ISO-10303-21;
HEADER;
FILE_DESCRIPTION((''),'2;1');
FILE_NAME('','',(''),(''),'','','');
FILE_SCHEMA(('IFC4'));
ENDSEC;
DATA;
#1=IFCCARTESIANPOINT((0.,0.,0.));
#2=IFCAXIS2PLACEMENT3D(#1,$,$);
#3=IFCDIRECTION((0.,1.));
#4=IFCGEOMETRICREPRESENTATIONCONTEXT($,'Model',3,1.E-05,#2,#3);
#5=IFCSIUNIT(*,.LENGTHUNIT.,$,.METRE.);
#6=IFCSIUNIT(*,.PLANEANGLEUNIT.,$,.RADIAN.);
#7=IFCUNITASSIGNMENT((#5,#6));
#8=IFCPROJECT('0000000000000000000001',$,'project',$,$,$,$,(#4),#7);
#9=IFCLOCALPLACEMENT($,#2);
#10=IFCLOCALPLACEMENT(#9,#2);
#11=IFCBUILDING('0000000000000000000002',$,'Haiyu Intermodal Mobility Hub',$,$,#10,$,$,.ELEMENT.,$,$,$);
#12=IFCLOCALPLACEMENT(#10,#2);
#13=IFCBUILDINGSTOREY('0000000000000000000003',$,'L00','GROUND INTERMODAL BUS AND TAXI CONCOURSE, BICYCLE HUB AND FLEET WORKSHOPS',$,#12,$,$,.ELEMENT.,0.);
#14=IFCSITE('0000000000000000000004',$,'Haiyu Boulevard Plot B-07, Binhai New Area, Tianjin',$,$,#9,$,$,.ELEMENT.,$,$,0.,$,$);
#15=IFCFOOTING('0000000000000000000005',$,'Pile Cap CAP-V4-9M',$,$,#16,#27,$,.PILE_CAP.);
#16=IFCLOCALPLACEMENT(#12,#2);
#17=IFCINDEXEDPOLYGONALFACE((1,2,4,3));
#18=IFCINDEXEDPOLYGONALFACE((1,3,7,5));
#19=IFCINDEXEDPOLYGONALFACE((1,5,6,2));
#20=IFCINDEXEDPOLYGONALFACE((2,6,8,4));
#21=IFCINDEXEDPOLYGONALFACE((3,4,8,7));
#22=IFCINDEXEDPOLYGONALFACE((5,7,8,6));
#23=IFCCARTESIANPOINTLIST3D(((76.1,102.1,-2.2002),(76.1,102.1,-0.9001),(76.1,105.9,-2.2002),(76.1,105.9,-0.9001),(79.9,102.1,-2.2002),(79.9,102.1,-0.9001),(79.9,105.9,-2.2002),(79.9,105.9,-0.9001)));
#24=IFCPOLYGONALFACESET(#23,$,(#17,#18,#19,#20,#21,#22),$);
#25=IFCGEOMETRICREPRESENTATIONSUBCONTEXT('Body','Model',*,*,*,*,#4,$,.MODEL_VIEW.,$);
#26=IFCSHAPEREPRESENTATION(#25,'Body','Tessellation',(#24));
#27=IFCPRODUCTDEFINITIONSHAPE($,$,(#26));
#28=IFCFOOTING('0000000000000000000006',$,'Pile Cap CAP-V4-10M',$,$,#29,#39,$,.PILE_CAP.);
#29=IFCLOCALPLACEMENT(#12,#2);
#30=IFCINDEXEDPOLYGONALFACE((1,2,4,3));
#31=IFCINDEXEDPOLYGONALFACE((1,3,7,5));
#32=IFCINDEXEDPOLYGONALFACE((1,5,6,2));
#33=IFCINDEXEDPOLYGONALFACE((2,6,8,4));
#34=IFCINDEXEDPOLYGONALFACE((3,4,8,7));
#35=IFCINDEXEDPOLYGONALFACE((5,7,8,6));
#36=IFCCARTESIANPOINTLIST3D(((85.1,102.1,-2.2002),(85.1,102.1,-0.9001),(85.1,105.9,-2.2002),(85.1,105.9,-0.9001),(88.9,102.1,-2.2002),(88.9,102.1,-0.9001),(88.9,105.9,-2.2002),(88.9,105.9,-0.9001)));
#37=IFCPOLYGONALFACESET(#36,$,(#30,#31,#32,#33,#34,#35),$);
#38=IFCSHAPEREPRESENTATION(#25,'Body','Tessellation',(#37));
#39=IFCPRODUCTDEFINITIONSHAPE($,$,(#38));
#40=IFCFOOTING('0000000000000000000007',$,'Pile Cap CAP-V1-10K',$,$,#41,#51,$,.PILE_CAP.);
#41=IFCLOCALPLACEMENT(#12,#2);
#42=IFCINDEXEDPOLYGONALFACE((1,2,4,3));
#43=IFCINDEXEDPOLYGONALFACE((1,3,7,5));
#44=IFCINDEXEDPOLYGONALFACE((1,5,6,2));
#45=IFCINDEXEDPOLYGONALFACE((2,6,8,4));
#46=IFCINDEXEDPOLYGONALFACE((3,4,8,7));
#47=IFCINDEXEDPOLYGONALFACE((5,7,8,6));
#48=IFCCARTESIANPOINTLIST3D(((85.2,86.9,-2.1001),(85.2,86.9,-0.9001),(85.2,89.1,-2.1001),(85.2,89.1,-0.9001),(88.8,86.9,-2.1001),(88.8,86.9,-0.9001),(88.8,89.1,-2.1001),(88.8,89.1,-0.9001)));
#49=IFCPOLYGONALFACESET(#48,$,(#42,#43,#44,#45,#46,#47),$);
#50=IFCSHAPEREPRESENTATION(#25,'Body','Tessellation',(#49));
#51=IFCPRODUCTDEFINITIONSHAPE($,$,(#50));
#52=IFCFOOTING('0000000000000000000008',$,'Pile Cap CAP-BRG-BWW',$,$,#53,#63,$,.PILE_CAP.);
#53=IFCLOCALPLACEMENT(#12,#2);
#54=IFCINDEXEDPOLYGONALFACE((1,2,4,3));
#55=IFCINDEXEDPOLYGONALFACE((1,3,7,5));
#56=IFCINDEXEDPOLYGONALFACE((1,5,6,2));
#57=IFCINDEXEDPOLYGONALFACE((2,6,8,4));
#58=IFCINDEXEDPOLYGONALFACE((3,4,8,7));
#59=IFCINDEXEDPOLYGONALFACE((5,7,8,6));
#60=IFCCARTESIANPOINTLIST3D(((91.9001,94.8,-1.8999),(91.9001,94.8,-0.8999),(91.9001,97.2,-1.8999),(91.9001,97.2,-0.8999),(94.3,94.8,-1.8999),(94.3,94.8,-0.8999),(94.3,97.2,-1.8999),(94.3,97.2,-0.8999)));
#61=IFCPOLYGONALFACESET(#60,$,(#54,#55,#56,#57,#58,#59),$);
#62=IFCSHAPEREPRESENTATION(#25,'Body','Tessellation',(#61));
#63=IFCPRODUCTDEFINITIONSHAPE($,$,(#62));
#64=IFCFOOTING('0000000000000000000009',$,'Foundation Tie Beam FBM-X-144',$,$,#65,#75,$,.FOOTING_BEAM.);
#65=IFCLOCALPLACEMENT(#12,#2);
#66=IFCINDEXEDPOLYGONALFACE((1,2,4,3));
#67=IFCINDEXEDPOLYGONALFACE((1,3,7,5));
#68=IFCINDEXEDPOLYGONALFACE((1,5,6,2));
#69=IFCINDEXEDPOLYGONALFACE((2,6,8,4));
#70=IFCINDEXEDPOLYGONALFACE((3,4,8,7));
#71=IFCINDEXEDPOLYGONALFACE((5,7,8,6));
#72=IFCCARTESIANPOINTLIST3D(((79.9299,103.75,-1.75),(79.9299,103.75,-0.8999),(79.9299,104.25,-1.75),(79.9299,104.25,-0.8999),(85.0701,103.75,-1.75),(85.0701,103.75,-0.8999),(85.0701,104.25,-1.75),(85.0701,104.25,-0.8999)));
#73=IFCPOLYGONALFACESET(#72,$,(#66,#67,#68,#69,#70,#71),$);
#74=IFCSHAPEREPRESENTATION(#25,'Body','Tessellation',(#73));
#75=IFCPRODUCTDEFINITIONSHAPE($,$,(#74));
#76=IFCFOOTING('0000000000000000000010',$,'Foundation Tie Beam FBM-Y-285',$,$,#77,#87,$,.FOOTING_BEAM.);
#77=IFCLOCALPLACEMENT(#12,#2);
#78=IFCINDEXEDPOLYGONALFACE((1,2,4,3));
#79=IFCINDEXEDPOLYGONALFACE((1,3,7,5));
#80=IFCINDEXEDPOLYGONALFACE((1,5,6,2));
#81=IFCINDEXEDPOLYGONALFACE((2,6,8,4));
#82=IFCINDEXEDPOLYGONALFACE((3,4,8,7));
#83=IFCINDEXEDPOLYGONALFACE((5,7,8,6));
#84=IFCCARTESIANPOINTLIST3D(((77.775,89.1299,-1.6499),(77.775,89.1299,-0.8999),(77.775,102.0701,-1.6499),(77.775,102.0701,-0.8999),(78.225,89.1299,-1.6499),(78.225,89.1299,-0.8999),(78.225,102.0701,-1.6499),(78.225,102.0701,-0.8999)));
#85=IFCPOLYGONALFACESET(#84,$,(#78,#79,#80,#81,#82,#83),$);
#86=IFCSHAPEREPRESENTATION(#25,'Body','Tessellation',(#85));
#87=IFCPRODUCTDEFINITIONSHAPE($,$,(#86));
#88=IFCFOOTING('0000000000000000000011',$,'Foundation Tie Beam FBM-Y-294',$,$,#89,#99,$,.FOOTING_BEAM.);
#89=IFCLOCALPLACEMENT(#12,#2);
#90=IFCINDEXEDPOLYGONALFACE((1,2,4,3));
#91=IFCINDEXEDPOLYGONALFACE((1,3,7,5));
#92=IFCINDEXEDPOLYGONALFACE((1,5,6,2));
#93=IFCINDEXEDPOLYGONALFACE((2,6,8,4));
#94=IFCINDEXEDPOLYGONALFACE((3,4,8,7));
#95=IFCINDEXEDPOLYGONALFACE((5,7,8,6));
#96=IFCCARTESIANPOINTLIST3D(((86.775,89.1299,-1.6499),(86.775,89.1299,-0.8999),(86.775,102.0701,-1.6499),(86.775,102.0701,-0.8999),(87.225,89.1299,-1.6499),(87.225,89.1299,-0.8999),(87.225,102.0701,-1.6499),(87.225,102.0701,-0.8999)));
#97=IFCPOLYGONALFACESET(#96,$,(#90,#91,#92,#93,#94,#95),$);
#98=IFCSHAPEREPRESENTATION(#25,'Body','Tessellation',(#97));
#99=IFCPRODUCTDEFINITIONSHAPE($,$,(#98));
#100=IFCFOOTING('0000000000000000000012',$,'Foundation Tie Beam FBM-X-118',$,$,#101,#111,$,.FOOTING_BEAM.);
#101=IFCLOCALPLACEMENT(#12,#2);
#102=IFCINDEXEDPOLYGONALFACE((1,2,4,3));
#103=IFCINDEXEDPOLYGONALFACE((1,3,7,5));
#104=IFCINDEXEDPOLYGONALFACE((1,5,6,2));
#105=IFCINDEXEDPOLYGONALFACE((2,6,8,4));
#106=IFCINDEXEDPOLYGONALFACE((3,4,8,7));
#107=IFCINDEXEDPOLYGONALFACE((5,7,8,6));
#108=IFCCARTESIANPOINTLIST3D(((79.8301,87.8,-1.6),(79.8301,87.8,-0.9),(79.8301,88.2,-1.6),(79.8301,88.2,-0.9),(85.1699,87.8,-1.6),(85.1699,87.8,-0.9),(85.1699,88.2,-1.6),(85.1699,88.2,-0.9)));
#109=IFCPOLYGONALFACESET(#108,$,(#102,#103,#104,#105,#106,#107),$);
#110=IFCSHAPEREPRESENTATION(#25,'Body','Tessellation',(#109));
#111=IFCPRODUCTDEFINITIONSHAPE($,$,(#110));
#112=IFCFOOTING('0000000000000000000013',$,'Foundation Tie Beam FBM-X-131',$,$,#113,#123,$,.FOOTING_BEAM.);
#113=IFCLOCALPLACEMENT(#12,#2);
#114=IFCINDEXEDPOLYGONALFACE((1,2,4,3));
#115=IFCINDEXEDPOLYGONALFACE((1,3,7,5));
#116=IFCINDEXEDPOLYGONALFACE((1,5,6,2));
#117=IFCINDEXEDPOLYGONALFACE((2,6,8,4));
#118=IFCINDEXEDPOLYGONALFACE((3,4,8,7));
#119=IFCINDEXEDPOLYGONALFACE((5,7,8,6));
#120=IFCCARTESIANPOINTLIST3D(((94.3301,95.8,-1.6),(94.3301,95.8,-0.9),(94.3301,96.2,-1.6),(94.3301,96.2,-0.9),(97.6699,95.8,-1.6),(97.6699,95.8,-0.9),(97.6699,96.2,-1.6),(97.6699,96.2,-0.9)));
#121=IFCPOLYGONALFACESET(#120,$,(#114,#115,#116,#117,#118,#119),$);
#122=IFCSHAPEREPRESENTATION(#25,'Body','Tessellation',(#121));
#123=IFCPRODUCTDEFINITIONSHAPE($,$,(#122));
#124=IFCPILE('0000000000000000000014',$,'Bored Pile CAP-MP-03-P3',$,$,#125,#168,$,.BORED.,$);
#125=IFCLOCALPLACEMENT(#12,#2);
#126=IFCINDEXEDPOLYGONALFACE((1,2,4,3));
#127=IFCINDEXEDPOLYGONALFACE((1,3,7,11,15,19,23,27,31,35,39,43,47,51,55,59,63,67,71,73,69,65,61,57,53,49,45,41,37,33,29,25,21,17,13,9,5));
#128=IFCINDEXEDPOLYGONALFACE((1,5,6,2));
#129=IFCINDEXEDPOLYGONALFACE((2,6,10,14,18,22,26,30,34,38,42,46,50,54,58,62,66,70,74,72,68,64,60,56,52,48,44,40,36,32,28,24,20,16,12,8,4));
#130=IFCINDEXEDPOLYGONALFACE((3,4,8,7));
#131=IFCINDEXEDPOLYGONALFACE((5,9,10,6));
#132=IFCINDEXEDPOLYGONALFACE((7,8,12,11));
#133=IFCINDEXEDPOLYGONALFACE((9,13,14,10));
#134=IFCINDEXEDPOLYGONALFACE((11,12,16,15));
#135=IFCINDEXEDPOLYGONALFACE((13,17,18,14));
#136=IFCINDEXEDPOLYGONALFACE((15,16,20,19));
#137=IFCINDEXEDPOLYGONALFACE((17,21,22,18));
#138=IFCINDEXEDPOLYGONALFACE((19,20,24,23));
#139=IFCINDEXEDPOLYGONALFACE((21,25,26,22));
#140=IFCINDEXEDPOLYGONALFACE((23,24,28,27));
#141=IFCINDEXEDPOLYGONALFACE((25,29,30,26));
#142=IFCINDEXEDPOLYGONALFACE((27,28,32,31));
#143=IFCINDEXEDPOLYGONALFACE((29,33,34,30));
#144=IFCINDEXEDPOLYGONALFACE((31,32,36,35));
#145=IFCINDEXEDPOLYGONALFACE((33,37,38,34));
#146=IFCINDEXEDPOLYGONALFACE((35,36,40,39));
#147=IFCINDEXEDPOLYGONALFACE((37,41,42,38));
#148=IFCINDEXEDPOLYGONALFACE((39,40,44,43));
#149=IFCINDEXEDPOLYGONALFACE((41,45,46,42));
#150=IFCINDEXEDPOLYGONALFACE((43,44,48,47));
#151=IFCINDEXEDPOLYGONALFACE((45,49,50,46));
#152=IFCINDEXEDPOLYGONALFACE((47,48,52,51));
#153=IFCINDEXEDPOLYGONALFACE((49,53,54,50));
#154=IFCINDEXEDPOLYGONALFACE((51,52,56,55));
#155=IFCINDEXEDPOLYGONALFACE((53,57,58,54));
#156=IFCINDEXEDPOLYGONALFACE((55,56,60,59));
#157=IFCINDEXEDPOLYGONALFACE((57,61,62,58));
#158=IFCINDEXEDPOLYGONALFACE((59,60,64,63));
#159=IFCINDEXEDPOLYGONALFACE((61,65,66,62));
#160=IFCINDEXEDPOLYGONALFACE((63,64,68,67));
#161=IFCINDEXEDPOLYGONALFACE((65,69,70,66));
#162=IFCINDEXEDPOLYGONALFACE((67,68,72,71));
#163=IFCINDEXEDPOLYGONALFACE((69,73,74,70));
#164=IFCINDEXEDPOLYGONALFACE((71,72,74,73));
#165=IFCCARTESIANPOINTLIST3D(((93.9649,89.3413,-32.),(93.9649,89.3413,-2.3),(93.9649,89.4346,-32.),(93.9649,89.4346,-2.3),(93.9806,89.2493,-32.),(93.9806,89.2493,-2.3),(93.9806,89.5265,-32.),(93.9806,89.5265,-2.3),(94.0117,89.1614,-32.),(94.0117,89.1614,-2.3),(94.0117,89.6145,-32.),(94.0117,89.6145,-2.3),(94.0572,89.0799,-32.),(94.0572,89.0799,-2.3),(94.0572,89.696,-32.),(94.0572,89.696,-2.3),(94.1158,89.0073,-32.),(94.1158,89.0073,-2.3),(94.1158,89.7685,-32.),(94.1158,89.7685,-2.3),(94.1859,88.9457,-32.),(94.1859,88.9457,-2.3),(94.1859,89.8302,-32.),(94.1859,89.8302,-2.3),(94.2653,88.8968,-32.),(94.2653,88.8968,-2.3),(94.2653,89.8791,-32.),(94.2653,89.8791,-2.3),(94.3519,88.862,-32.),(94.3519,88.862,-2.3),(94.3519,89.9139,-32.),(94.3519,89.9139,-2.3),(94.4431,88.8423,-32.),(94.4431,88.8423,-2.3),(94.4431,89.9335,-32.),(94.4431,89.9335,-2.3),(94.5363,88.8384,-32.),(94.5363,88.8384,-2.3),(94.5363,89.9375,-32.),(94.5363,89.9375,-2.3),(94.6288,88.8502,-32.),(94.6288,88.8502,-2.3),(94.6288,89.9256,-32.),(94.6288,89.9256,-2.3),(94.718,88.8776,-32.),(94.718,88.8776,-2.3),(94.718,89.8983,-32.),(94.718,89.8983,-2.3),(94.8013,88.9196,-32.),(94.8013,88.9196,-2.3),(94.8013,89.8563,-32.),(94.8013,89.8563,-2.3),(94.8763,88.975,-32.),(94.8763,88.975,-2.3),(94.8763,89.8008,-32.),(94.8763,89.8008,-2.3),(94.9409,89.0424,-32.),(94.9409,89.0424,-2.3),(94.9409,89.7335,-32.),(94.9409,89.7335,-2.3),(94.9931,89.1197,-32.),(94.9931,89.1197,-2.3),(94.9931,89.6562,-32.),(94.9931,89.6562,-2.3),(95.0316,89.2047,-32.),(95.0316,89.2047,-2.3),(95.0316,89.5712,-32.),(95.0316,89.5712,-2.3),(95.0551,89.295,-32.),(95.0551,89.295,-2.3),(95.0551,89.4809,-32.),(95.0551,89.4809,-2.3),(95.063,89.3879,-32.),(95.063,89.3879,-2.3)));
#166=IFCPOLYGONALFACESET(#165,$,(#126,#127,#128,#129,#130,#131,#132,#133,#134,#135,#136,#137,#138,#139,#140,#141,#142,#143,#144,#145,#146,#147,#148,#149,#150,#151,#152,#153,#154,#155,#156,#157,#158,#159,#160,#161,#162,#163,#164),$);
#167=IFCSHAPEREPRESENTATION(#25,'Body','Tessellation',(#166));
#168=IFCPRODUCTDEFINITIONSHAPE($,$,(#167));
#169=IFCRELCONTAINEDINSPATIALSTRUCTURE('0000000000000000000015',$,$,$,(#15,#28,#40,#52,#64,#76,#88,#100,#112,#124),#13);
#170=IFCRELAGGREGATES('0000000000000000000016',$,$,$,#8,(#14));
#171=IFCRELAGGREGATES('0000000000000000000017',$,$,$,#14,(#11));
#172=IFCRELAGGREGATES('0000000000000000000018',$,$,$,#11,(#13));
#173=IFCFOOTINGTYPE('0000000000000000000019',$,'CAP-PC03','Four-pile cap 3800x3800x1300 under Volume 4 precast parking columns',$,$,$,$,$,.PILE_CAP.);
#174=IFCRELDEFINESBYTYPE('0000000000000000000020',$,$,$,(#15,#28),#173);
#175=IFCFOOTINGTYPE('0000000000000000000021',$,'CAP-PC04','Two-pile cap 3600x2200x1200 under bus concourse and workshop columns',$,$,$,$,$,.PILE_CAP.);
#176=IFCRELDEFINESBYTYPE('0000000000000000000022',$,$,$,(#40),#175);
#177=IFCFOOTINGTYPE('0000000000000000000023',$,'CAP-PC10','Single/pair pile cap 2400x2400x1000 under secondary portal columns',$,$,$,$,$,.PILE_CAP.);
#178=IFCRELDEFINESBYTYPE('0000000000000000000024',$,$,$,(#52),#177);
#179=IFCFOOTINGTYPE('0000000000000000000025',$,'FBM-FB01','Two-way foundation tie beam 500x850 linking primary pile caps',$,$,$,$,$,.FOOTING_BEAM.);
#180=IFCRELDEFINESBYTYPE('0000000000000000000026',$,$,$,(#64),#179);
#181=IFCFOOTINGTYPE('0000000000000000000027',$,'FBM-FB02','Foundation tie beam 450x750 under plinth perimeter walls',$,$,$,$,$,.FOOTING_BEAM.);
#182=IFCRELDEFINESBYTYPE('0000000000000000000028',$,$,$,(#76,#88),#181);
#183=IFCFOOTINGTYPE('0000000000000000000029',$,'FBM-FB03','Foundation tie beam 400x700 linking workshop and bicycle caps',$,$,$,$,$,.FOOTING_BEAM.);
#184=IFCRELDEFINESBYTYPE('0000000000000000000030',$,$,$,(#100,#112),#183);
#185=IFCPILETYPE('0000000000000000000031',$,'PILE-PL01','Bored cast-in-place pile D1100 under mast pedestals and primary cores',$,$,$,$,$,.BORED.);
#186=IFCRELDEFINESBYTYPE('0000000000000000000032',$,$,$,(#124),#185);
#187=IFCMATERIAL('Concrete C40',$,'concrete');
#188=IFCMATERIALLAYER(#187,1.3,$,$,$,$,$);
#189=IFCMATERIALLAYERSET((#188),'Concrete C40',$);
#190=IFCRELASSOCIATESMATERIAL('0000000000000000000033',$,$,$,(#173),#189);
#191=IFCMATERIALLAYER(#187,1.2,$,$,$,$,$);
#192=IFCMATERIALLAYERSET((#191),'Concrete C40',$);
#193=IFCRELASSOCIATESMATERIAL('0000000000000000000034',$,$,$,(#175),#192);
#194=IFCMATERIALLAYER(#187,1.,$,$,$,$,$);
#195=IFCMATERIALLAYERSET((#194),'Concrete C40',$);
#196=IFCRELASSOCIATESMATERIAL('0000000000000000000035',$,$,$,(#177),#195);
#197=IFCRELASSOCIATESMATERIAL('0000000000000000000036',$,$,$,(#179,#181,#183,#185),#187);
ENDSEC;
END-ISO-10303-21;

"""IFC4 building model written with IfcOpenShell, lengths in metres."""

from ifc_helpers import new_model, si_unit, direction, frame, origin, origin_2d, place, context, subcontext, project, spatial, rectangle, circle, extrude, material, layer, layer_set, material_profile, profile_set, type_object, element, save


model = new_model("IFC4")

# Units and contexts
model_context = context("Model", 3, precision=1e-05, world=origin(), true_north=direction((0.0, 1.0)))
body_context = subcontext(model_context, "Body", "Model", "MODEL_VIEW")
ifc_project = project(units=[si_unit("LENGTHUNIT", "METRE"), si_unit("PLANEANGLEUNIT", "RADIAN")], contexts=[model_context])

# Site, building, storey
site_placement = place(None, origin())
site = spatial("IfcSite", under=ifc_project, at=site_placement, Name="Haiyu Boulevard Plot B-07, Binhai New Area, Tianjin", CompositionType="ELEMENT", RefElevation=0.0)
building_placement = place(site_placement, origin())
building = spatial("IfcBuilding", under=site, at=building_placement, Name="Haiyu Intermodal Mobility Hub", CompositionType="ELEMENT")
storey_placement = place(building_placement, origin())
storey = spatial("IfcBuildingStorey", under=building, at=storey_placement, Name="L00", Description="GROUND INTERMODAL BUS AND TAXI CONCOURSE, BICYCLE HUB AND FLEET WORKSHOPS", CompositionType="ELEMENT", Elevation=0.0)

# Footings
ifc_material_1 = material(Name="Concrete C40", Category="concrete")
ifc_layer_1 = layer(ifc_material_1, 1.3)
ifc_layer_set_1 = layer_set([ifc_layer_1], Name="Concrete C40")
footing_type_1 = type_object("IfcFootingType", Name="CAP-PC03", Description="Four-pile cap 3800x3800x1300 under Volume 4 precast parking columns", PredefinedType="PILE_CAP", material=ifc_layer_set_1)
for number, where, z_axis, x_axis, name in (
    (1, (78.0, 104.0, -2.2002), (0.0, 0.0, 1.0), (1.0, 0.0, 0.0), "Pile Cap CAP-V4-9M"),
    (2, (87.0, 104.0, -2.2002), (0.0, 0.0, 1.0), (1.0, 0.0, 0.0), "Pile Cap CAP-V4-10M"),
):
    element("IfcFooting", number, at=place(storey_placement, frame(where, z_axis=z_axis, x_axis=x_axis)), inside=storey, type_object=footing_type_1, Name=name, PredefinedType="PILE_CAP", context=body_context, shape_type="SweptSolid", body=[
        extrude(rectangle(XDim=3.8, YDim=3.8, at=origin_2d()), origin(), (0.0, 0.0, 1.0), 1.3),
    ])
ifc_layer_2 = layer(ifc_material_1, 1.2)
ifc_layer_set_2 = layer_set([ifc_layer_2], Name="Concrete C40")
footing_type_2 = type_object("IfcFootingType", Name="CAP-PC04", Description="Two-pile cap 3600x2200x1200 under bus concourse and workshop columns", PredefinedType="PILE_CAP", material=ifc_layer_set_2)
footing_1_placement = place(storey_placement, frame((87.0, 88.0, -2.1001), z_axis=(0.0, 0.0, 1.0), x_axis=(1.0, 0.0, 0.0)))
element("IfcFooting", 3, at=footing_1_placement, inside=storey, type_object=footing_type_2, Name="Pile Cap CAP-V1-10K", PredefinedType="PILE_CAP", context=body_context, shape_type="SweptSolid", body=[
    extrude(rectangle(XDim=3.6001, YDim=2.2, at=origin_2d()), origin(), (0.0, 0.0, 1.0), 1.2),
])
ifc_layer_3 = layer(ifc_material_1, 1.0)
ifc_layer_set_3 = layer_set([ifc_layer_3], Name="Concrete C40")
footing_type_3 = type_object("IfcFootingType", Name="CAP-PC10", Description="Single/pair pile cap 2400x2400x1000 under secondary portal columns", PredefinedType="PILE_CAP", material=ifc_layer_set_3)
footing_2_placement = place(storey_placement, frame((93.1001, 96.0, -1.8999), z_axis=(0.0, 0.0, 1.0), x_axis=(1.0, 0.0, 0.0)))
element("IfcFooting", 4, at=footing_2_placement, inside=storey, type_object=footing_type_3, Name="Pile Cap CAP-BRG-BWW", PredefinedType="PILE_CAP", context=body_context, shape_type="SweptSolid", body=[
    extrude(rectangle(XDim=2.3999, YDim=2.3999, at=origin_2d()), origin(), (0.0, 0.0, 1.0), 1.0),
])
ifc_material_profile_1 = material_profile(ifc_material_1, rectangle(XDim=0.5, YDim=0.8501, at=origin_2d()), Name="FB500x850")
ifc_profile_set_1 = profile_set([ifc_material_profile_1], Name="Concrete C40")
footing_type_4 = type_object("IfcFootingType", Name="FBM-FB01", Description="Two-way foundation tie beam 500x850 linking primary pile caps", PredefinedType="FOOTING_BEAM", material=ifc_profile_set_1)
footing_3_placement = place(storey_placement, frame((79.9299, 104.0, -1.325), z_axis=(1.0, 0.0, 0.0), x_axis=(0.0, 1.0, 0.0)))
element("IfcFooting", 5, at=footing_3_placement, inside=storey, type_object=footing_type_4, Name="Foundation Tie Beam FBM-X-144", PredefinedType="FOOTING_BEAM", context=body_context, shape_type="SweptSolid", body=[
    extrude(rectangle(XDim=0.5, YDim=0.8501, at=origin_2d()), origin(), (0.0, 0.0, 1.0), 5.1401),
])
ifc_material_profile_2 = material_profile(ifc_material_1, rectangle(XDim=0.45, YDim=0.75, at=origin_2d()), Name="FB450x750")
ifc_profile_set_2 = profile_set([ifc_material_profile_2], Name="Concrete C40")
footing_type_5 = type_object("IfcFootingType", Name="FBM-FB02", Description="Foundation tie beam 450x750 under plinth perimeter walls", PredefinedType="FOOTING_BEAM", material=ifc_profile_set_2)
for number, where, z_axis, x_axis, name in (
    (6, (78.0, 89.1299, -1.2749), (0.0, 1.0, 0.0), (-1.0, 0.0, 0.0), "Foundation Tie Beam FBM-Y-285"),
    (7, (87.0, 89.1299, -1.2749), (0.0, 1.0, 0.0), (-1.0, 0.0, 0.0), "Foundation Tie Beam FBM-Y-294"),
):
    element("IfcFooting", number, at=place(storey_placement, frame(where, z_axis=z_axis, x_axis=x_axis)), inside=storey, type_object=footing_type_5, Name=name, PredefinedType="FOOTING_BEAM", context=body_context, shape_type="SweptSolid", body=[
        extrude(rectangle(XDim=0.45, YDim=0.75, at=origin_2d()), origin(), (0.0, 0.0, 1.0), 12.9402),
    ])
ifc_material_profile_3 = material_profile(ifc_material_1, rectangle(XDim=0.3999, YDim=0.7, at=origin_2d()), Name="FB400x700")
ifc_profile_set_3 = profile_set([ifc_material_profile_3], Name="Concrete C40")
footing_type_6 = type_object("IfcFootingType", Name="FBM-FB03", Description="Foundation tie beam 400x700 linking workshop and bicycle caps", PredefinedType="FOOTING_BEAM", material=ifc_profile_set_3)
footing_4_placement = place(storey_placement, frame((79.8301, 88.0, -1.25), z_axis=(1.0, 0.0, 0.0), x_axis=(0.0, 1.0, 0.0)))
element("IfcFooting", 8, at=footing_4_placement, inside=storey, type_object=footing_type_6, Name="Foundation Tie Beam FBM-X-118", PredefinedType="FOOTING_BEAM", context=body_context, shape_type="SweptSolid", body=[
    extrude(rectangle(XDim=0.3999, YDim=0.7, at=origin_2d()), origin(), (0.0, 0.0, 1.0), 5.3398),
])
footing_5_placement = place(storey_placement, frame((94.3301, 96.0, -1.25), z_axis=(1.0, 0.0, 0.0), x_axis=(0.0, 1.0, 0.0)))
element("IfcFooting", 9, at=footing_5_placement, inside=storey, type_object=footing_type_6, Name="Foundation Tie Beam FBM-X-131", PredefinedType="FOOTING_BEAM", context=body_context, shape_type="SweptSolid", body=[
    extrude(rectangle(XDim=0.3999, YDim=0.7, at=origin_2d()), origin(), (0.0, 0.0, 1.0), 3.3398),
])

# Pile
ifc_material_profile_4 = material_profile(ifc_material_1, circle(Radius=0.55, at=origin_2d()), Name="PILE-D1100")
ifc_profile_set_4 = profile_set([ifc_material_profile_4], Name="Concrete C40")
pile_type_1 = type_object("IfcPileType", Name="PILE-PL01", Description="Bored cast-in-place pile D1100 under mast pedestals and primary cores", PredefinedType="BORED", material=ifc_profile_set_4)
pile_1_placement = place(storey_placement, frame((94.5129, 89.3879, -2.3), z_axis=(0.0, 0.0, -1.0), x_axis=(1.0, 0.0, 0.0)))
element("IfcPile", 10, at=pile_1_placement, inside=storey, type_object=pile_type_1, Name="Bored Pile CAP-MP-03-P3", PredefinedType="BORED", context=body_context, shape_type="SweptSolid", body=[
    extrude(circle(Radius=0.55, at=origin_2d()), origin(), (0.0, 0.0, 1.0), 29.7),
])

save(model, "model.ifc")
